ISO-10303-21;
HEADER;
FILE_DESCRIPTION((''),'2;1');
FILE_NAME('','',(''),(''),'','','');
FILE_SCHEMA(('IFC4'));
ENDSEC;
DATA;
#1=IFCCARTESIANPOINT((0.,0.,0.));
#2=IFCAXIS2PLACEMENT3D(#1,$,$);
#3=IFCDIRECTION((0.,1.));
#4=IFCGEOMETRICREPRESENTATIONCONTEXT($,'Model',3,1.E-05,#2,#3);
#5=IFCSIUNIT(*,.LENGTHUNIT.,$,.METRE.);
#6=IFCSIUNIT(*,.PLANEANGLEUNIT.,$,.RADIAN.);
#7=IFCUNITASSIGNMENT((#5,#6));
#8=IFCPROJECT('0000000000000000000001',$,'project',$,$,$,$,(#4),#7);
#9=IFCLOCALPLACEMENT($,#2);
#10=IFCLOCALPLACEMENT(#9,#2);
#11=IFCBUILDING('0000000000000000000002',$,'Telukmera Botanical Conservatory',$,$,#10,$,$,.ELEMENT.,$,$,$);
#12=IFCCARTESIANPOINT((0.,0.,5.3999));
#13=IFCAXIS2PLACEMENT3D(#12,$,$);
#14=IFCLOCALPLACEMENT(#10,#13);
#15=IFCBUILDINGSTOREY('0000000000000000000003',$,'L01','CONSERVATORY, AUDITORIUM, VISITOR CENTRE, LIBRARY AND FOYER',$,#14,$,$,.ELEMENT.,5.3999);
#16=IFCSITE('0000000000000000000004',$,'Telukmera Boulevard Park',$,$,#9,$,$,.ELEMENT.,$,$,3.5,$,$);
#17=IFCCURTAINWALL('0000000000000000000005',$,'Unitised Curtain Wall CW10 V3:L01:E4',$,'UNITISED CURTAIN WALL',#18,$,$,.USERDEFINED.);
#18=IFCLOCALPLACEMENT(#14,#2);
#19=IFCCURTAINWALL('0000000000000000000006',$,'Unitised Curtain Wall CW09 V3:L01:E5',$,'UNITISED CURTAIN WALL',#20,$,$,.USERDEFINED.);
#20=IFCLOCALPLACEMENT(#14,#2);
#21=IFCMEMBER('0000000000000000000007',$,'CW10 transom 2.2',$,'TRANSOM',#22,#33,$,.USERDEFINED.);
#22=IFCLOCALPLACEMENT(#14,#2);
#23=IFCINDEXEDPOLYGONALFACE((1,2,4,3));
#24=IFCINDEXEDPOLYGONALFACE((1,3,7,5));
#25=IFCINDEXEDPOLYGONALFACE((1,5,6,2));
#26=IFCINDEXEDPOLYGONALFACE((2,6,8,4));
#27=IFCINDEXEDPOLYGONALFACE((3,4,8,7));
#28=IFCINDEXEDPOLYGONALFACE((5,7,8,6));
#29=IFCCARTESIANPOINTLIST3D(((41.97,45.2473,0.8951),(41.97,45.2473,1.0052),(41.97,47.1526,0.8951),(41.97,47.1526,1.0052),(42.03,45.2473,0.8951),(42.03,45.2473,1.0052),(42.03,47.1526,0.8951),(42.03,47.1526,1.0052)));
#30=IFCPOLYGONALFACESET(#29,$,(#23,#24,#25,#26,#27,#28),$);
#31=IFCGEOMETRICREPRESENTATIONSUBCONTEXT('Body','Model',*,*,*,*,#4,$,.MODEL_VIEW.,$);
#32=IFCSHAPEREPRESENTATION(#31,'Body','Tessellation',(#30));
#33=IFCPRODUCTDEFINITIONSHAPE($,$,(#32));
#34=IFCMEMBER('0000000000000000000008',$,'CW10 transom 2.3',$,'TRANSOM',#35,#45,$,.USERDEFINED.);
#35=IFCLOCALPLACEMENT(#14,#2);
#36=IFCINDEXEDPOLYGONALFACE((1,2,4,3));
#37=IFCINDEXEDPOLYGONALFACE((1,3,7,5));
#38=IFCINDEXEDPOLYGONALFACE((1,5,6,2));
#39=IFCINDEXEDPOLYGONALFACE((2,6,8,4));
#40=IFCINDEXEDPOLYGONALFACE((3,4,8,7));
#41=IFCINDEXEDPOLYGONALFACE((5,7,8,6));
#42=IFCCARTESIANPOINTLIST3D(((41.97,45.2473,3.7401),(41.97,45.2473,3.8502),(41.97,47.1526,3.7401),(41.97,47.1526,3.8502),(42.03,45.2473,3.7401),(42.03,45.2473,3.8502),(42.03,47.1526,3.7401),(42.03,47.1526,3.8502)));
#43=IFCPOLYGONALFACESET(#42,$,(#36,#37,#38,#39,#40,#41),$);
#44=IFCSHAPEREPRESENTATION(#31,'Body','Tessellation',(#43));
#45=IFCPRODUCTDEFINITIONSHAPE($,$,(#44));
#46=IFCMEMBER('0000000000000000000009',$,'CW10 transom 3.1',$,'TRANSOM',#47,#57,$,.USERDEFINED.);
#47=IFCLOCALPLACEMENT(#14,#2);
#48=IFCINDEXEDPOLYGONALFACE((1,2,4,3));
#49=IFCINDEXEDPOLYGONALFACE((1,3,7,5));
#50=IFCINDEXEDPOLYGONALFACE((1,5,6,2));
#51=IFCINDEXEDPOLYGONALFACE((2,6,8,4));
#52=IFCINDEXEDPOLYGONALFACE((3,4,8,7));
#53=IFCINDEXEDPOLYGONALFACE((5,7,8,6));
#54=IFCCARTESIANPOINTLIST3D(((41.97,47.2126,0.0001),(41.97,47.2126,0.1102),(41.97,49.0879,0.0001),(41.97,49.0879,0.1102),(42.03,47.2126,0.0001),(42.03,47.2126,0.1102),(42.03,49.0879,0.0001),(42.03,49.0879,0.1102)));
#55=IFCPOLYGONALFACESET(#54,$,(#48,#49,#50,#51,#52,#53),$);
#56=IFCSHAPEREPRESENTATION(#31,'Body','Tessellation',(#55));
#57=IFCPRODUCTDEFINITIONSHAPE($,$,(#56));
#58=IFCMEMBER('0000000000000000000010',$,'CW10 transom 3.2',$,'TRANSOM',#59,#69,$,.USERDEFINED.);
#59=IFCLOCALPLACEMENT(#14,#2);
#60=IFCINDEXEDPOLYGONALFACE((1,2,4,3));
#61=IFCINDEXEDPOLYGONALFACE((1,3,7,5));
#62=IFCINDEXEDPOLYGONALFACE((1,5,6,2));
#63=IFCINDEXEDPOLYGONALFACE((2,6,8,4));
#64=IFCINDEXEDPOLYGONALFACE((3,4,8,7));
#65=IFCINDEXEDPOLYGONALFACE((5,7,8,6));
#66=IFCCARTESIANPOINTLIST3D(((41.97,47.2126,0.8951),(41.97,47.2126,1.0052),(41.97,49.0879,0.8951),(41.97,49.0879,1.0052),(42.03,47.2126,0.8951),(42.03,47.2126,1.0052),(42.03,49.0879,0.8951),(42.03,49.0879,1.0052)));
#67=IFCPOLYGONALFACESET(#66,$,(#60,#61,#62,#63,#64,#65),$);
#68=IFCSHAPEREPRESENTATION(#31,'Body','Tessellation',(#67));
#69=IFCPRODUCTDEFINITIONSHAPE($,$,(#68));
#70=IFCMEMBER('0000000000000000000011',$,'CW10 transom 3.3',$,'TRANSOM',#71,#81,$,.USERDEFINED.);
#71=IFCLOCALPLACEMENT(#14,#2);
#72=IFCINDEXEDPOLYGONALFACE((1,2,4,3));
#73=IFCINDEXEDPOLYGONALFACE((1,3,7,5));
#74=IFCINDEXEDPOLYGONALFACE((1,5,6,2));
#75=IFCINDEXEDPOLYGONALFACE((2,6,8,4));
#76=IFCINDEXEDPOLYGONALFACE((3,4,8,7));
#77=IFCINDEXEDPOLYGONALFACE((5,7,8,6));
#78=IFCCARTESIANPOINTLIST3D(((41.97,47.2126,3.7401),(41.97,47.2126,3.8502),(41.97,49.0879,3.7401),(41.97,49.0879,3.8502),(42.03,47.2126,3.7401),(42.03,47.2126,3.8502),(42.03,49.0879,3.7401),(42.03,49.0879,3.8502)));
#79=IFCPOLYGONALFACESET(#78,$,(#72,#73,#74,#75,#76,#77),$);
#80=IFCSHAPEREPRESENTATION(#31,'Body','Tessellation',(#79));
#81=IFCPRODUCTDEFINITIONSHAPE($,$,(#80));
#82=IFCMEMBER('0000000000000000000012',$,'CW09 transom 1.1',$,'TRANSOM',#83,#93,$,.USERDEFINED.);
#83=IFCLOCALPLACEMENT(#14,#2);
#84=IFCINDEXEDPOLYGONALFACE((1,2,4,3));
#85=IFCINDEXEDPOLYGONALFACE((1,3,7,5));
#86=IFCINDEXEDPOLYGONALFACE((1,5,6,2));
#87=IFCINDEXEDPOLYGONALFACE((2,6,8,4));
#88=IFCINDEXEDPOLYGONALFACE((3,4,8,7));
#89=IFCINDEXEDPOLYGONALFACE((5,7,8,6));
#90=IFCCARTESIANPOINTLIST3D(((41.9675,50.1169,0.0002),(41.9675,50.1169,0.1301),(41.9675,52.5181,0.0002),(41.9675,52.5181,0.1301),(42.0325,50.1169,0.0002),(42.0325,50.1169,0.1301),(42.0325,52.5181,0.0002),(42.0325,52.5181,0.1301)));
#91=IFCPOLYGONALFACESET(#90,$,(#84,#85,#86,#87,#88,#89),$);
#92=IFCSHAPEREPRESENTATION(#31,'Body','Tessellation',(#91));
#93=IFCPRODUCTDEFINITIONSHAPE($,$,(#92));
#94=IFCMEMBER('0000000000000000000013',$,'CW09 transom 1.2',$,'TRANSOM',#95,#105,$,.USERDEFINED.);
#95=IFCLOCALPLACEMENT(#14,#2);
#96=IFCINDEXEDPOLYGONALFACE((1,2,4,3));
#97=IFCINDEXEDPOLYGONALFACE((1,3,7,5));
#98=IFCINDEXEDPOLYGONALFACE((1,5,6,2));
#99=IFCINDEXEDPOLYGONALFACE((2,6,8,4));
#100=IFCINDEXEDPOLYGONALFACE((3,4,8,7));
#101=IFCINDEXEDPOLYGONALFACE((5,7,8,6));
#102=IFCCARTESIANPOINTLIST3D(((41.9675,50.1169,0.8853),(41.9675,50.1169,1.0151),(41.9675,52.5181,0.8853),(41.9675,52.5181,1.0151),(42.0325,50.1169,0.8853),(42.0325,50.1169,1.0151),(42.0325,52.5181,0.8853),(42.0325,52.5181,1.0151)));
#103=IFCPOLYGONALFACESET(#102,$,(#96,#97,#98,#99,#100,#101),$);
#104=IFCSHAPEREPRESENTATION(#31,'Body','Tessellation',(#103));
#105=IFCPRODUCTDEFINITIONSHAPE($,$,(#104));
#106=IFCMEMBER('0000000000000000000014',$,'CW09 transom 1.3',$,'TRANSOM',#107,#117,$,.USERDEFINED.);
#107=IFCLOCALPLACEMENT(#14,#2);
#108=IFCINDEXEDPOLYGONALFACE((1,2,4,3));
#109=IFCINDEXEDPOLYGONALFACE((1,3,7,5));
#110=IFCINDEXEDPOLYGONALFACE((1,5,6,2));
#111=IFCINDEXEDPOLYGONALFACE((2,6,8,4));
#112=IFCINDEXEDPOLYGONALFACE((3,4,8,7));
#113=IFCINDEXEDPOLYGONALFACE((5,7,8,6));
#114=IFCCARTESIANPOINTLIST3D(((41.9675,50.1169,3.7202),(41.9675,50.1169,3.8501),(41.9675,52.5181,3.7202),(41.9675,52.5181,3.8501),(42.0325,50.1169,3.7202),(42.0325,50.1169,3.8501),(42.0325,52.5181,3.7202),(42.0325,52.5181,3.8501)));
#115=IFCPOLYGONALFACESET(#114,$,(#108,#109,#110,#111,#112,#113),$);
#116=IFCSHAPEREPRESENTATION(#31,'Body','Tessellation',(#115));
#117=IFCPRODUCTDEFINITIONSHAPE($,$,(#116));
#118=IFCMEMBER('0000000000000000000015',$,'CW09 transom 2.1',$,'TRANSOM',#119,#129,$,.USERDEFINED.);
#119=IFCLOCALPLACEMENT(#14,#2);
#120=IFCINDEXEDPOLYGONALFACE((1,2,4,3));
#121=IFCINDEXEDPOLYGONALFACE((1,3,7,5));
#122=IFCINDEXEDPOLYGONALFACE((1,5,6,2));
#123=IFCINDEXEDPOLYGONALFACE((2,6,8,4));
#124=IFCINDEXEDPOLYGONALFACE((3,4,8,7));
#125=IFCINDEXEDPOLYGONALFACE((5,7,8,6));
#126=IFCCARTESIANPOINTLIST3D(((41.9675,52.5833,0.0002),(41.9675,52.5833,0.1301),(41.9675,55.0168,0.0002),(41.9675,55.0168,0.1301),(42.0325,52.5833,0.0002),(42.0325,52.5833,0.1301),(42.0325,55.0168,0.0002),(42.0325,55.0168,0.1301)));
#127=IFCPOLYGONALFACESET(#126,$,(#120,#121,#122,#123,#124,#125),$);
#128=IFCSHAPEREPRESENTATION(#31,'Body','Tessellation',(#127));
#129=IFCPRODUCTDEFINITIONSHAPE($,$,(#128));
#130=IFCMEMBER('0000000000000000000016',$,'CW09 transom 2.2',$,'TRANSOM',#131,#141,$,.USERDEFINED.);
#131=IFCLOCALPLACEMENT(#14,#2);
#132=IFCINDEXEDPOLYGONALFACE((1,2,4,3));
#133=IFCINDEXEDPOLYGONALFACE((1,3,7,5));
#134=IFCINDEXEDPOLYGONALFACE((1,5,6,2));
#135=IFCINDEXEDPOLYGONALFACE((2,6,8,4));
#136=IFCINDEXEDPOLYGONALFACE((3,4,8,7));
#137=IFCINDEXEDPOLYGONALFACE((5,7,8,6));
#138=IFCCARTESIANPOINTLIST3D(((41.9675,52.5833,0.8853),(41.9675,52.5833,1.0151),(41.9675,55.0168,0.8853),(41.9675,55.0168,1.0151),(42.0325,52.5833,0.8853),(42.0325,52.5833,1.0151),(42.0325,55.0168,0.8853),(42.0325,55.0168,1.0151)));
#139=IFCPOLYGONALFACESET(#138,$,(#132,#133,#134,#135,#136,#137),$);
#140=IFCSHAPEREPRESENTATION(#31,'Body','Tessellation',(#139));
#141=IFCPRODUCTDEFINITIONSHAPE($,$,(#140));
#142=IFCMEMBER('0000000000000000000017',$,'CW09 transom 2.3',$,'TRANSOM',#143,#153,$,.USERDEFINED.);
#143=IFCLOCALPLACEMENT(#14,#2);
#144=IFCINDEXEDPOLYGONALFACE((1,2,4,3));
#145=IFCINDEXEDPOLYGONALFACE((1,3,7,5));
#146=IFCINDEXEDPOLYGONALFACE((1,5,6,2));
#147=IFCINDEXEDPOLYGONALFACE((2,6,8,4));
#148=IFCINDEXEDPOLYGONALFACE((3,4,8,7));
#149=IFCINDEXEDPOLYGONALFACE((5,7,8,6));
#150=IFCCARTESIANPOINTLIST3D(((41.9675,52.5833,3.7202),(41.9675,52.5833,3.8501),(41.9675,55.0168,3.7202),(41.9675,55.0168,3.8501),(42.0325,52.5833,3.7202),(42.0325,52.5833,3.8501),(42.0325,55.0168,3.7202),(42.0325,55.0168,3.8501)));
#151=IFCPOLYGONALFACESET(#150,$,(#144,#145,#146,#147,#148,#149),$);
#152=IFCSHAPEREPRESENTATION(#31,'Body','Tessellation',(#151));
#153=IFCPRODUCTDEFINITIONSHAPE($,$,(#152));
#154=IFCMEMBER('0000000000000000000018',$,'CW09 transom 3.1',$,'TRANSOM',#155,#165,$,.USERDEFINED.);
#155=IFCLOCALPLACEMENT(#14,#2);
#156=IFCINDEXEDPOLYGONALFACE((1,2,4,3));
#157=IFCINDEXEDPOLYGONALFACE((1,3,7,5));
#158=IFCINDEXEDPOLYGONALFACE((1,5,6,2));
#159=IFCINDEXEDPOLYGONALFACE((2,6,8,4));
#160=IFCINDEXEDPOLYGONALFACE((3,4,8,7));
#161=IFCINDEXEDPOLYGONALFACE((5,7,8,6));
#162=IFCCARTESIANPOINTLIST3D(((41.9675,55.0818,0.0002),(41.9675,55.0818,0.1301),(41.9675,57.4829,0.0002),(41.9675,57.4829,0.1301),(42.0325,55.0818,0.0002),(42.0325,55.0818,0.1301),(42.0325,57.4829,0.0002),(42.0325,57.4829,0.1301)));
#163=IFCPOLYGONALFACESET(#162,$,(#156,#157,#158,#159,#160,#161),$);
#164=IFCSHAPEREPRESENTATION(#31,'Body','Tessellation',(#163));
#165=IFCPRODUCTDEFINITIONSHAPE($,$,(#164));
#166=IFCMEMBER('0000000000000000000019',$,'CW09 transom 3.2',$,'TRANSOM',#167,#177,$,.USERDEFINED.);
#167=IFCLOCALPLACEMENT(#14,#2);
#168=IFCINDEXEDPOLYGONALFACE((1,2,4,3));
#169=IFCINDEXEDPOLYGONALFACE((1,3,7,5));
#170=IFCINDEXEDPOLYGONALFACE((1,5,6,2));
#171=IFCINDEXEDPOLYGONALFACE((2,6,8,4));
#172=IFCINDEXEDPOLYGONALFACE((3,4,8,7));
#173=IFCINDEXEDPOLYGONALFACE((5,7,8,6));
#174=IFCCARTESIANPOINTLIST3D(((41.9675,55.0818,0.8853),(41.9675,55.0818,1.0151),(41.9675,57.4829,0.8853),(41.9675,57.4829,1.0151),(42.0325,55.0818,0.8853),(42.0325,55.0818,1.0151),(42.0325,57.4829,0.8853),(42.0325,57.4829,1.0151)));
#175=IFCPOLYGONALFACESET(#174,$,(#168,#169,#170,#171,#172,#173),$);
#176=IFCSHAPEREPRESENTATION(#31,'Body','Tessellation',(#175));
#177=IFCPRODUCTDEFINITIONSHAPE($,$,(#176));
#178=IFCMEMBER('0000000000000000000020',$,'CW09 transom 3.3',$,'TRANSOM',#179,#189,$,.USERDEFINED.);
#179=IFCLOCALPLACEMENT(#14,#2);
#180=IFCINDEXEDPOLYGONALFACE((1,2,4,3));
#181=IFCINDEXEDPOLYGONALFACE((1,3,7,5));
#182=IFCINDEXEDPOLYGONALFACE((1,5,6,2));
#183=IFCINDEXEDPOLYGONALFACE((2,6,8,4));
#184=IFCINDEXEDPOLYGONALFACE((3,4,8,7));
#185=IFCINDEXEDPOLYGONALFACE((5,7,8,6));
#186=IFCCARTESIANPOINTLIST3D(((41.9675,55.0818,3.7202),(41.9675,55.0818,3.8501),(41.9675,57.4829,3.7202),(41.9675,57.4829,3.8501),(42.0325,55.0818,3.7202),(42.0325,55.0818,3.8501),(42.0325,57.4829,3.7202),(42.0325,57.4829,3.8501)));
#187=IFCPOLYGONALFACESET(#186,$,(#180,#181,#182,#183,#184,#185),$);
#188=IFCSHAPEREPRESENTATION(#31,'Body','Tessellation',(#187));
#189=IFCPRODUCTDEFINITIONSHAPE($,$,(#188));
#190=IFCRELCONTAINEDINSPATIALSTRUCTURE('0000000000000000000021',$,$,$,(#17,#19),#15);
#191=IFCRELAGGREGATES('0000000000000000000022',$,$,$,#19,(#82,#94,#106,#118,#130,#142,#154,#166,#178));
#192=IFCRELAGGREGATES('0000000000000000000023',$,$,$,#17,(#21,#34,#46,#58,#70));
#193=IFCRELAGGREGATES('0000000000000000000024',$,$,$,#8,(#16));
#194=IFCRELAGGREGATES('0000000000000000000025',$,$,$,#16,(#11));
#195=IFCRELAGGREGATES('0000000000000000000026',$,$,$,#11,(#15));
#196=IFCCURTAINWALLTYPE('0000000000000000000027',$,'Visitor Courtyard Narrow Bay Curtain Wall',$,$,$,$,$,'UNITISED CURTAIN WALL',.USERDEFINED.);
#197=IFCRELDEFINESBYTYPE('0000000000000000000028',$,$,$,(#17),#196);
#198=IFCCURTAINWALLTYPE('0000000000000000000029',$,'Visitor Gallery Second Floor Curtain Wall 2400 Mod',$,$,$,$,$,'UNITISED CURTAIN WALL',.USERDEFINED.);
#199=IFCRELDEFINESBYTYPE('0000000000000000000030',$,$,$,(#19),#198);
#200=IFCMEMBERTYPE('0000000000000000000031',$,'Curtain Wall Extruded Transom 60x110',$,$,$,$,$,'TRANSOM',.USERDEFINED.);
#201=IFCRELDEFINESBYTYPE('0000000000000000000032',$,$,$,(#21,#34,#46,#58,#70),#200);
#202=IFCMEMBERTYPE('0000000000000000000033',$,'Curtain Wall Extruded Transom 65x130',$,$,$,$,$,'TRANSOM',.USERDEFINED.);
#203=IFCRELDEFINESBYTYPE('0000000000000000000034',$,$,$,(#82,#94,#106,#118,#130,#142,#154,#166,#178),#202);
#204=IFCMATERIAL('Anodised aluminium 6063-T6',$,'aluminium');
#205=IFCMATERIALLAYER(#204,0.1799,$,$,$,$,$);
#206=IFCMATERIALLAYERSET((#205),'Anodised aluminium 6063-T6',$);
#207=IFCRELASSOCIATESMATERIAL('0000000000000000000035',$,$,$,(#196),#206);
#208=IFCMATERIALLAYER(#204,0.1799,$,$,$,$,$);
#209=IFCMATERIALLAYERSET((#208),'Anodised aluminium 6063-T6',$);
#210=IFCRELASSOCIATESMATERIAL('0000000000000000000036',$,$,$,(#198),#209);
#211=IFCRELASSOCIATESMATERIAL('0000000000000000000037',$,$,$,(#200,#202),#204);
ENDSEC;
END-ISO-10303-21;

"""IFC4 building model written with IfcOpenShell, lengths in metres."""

from ifc_helpers import new_model, si_unit, direction, frame, origin, origin_2d, place, context, subcontext, project, spatial, rectangle, extrude, material, layer, layer_set, material_profile, profile_set, type_object, element, aggregate, save


model = new_model("IFC4")

# Units and contexts
model_context = context("Model", 3, precision=1e-05, world=origin(), true_north=direction((0.0, 1.0)))
body_context = subcontext(model_context, "Body", "Model", "MODEL_VIEW")
ifc_project = project(units=[si_unit("LENGTHUNIT", "METRE"), si_unit("PLANEANGLEUNIT", "RADIAN")], contexts=[model_context])

# Site, building, storey
site_placement = place(None, origin())
site = spatial("IfcSite", under=ifc_project, at=site_placement, Name="Telukmera Boulevard Park", CompositionType="ELEMENT", RefElevation=3.5)
building_placement = place(site_placement, origin())
building = spatial("IfcBuilding", under=site, at=building_placement, Name="Telukmera Botanical Conservatory", CompositionType="ELEMENT")
storey_placement = place(building_placement, frame((0.0, 0.0, 5.3999)))
storey = spatial("IfcBuildingStorey", under=building, at=storey_placement, Name="L01", Description="CONSERVATORY, AUDITORIUM, VISITOR CENTRE, LIBRARY AND FOYER", CompositionType="ELEMENT", Elevation=5.3999)

# Curtain walls
ifc_material_1 = material(Name="Anodised aluminium 6063-T6", Category="aluminium")
ifc_layer_1 = layer(ifc_material_1, 0.1799)
ifc_layer_set_1 = layer_set([ifc_layer_1], Name="Anodised aluminium 6063-T6")
curtain_wall_type_1 = type_object("IfcCurtainWallType", Name="Visitor Courtyard Narrow Bay Curtain Wall", ElementType="UNITISED CURTAIN WALL", PredefinedType="USERDEFINED", material=ifc_layer_set_1)
curtain_wall_1_placement = place(storey_placement, origin())
curtain_wall_1 = element("IfcCurtainWall", 1, at=curtain_wall_1_placement, inside=storey, type_object=curtain_wall_type_1, Name="Unitised Curtain Wall CW10 V3:L01:E4", ObjectType="UNITISED CURTAIN WALL", PredefinedType="USERDEFINED")
ifc_layer_2 = layer(ifc_material_1, 0.1799)
ifc_layer_set_2 = layer_set([ifc_layer_2], Name="Anodised aluminium 6063-T6")
curtain_wall_type_2 = type_object("IfcCurtainWallType", Name="Visitor Gallery Second Floor Curtain Wall 2400 Mod", ElementType="UNITISED CURTAIN WALL", PredefinedType="USERDEFINED", material=ifc_layer_set_2)
curtain_wall_2_placement = place(storey_placement, origin())
curtain_wall_2 = element("IfcCurtainWall", 2, at=curtain_wall_2_placement, inside=storey, type_object=curtain_wall_type_2, Name="Unitised Curtain Wall CW09 V3:L01:E5", ObjectType="UNITISED CURTAIN WALL", PredefinedType="USERDEFINED")

# Members
ifc_material_profile_1 = material_profile(ifc_material_1, rectangle(XDim=0.0601, YDim=0.1101, at=origin_2d()), Name="ALU TRAN 60x110")
ifc_profile_set_1 = profile_set([ifc_material_profile_1], Name="Anodised aluminium 6063-T6")
member_type_1 = type_object("IfcMemberType", Name="Curtain Wall Extruded Transom 60x110", ElementType="TRANSOM", PredefinedType="USERDEFINED", material=ifc_profile_set_1)
member_1_placement = place(storey_placement, frame((42.0, 45.2473, 0.9502), z_axis=(0.0, 1.0, 0.0), x_axis=(-1.0, 0.0, 0.0)))
member_1 = element("IfcMember", 3, at=member_1_placement, type_object=member_type_1, Name="CW10 transom 2.2", ObjectType="TRANSOM", PredefinedType="USERDEFINED", context=body_context, shape_type="SweptSolid", body=[
    extrude(rectangle(XDim=0.0601, YDim=0.1101, at=origin_2d()), origin(), (0.0, 0.0, 1.0), 1.9053),
])
member_2_placement = place(storey_placement, frame((42.0, 45.2473, 3.7952), z_axis=(0.0, 1.0, 0.0), x_axis=(-1.0, 0.0, 0.0)))
member_2 = element("IfcMember", 4, at=member_2_placement, type_object=member_type_1, Name="CW10 transom 2.3", ObjectType="TRANSOM", PredefinedType="USERDEFINED", context=body_context, shape_type="SweptSolid", body=[
    extrude(rectangle(XDim=0.0601, YDim=0.1101, at=origin_2d()), origin(), (0.0, 0.0, 1.0), 1.9053),
])
member_3_placement = place(storey_placement, frame((42.0, 47.2126, 0.0552), z_axis=(0.0, 1.0, 0.0), x_axis=(-1.0, 0.0, 0.0)))
member_3 = element("IfcMember", 5, at=member_3_placement, type_object=member_type_1, Name="CW10 transom 3.1", ObjectType="TRANSOM", PredefinedType="USERDEFINED", context=body_context, shape_type="SweptSolid", body=[
    extrude(rectangle(XDim=0.0601, YDim=0.1101, at=origin_2d()), origin(), (0.0, 0.0, 1.0), 1.8752),
])
member_4_placement = place(storey_placement, frame((42.0, 47.2126, 0.9502), z_axis=(0.0, 1.0, 0.0), x_axis=(-1.0, 0.0, 0.0)))
member_4 = element("IfcMember", 6, at=member_4_placement, type_object=member_type_1, Name="CW10 transom 3.2", ObjectType="TRANSOM", PredefinedType="USERDEFINED", context=body_context, shape_type="SweptSolid", body=[
    extrude(rectangle(XDim=0.0601, YDim=0.1101, at=origin_2d()), origin(), (0.0, 0.0, 1.0), 1.8752),
])
member_5_placement = place(storey_placement, frame((42.0, 47.2126, 3.7952), z_axis=(0.0, 1.0, 0.0), x_axis=(-1.0, 0.0, 0.0)))
member_5 = element("IfcMember", 7, at=member_5_placement, type_object=member_type_1, Name="CW10 transom 3.3", ObjectType="TRANSOM", PredefinedType="USERDEFINED", context=body_context, shape_type="SweptSolid", body=[
    extrude(rectangle(XDim=0.0601, YDim=0.1101, at=origin_2d()), origin(), (0.0, 0.0, 1.0), 1.8752),
])
ifc_material_profile_2 = material_profile(ifc_material_1, rectangle(XDim=0.0649, YDim=0.1299, at=origin_2d()), Name="ALU TRAN 65x130")
ifc_profile_set_2 = profile_set([ifc_material_profile_2], Name="Anodised aluminium 6063-T6")
member_type_2 = type_object("IfcMemberType", Name="Curtain Wall Extruded Transom 65x130", ElementType="TRANSOM", PredefinedType="USERDEFINED", material=ifc_profile_set_2)
member_6_placement = place(storey_placement, frame((42.0, 50.1169, 0.0652), z_axis=(0.0, 1.0, 0.0), x_axis=(-1.0, 0.0, 0.0)))
member_6 = element("IfcMember", 8, at=member_6_placement, type_object=member_type_2, Name="CW09 transom 1.1", ObjectType="TRANSOM", PredefinedType="USERDEFINED", context=body_context, shape_type="SweptSolid", body=[
    extrude(rectangle(XDim=0.0649, YDim=0.1299, at=origin_2d()), origin(), (0.0, 0.0, 1.0), 2.4011),
])
member_7_placement = place(storey_placement, frame((42.0, 50.1169, 0.9502), z_axis=(0.0, 1.0, 0.0), x_axis=(-1.0, 0.0, 0.0)))
member_7 = element("IfcMember", 9, at=member_7_placement, type_object=member_type_2, Name="CW09 transom 1.2", ObjectType="TRANSOM", PredefinedType="USERDEFINED", context=body_context, shape_type="SweptSolid", body=[
    extrude(rectangle(XDim=0.0649, YDim=0.1299, at=origin_2d()), origin(), (0.0, 0.0, 1.0), 2.4011),
])
member_8_placement = place(storey_placement, frame((42.0, 50.1169, 3.7852), z_axis=(0.0, 1.0, 0.0), x_axis=(-1.0, 0.0, 0.0)))
member_8 = element("IfcMember", 10, at=member_8_placement, type_object=member_type_2, Name="CW09 transom 1.3", ObjectType="TRANSOM", PredefinedType="USERDEFINED", context=body_context, shape_type="SweptSolid", body=[
    extrude(rectangle(XDim=0.0649, YDim=0.1299, at=origin_2d()), origin(), (0.0, 0.0, 1.0), 2.4011),
])
member_9_placement = place(storey_placement, frame((42.0, 52.5833, 0.0652), z_axis=(0.0, 1.0, 0.0), x_axis=(-1.0, 0.0, 0.0)))
member_9 = element("IfcMember", 11, at=member_9_placement, type_object=member_type_2, Name="CW09 transom 2.1", ObjectType="TRANSOM", PredefinedType="USERDEFINED", context=body_context, shape_type="SweptSolid", body=[
    extrude(rectangle(XDim=0.0649, YDim=0.1299, at=origin_2d()), origin(), (0.0, 0.0, 1.0), 2.4336),
])
member_10_placement = place(storey_placement, frame((42.0, 52.5833, 0.9502), z_axis=(0.0, 1.0, 0.0), x_axis=(-1.0, 0.0, 0.0)))
member_10 = element("IfcMember", 12, at=member_10_placement, type_object=member_type_2, Name="CW09 transom 2.2", ObjectType="TRANSOM", PredefinedType="USERDEFINED", context=body_context, shape_type="SweptSolid", body=[
    extrude(rectangle(XDim=0.0649, YDim=0.1299, at=origin_2d()), origin(), (0.0, 0.0, 1.0), 2.4336),
])
member_11_placement = place(storey_placement, frame((42.0, 52.5833, 3.7852), z_axis=(0.0, 1.0, 0.0), x_axis=(-1.0, 0.0, 0.0)))
member_11 = element("IfcMember", 13, at=member_11_placement, type_object=member_type_2, Name="CW09 transom 2.3", ObjectType="TRANSOM", PredefinedType="USERDEFINED", context=body_context, shape_type="SweptSolid", body=[
    extrude(rectangle(XDim=0.0649, YDim=0.1299, at=origin_2d()), origin(), (0.0, 0.0, 1.0), 2.4336),
])
member_12_placement = place(storey_placement, frame((42.0, 55.0818, 0.0652), z_axis=(0.0, 1.0, 0.0), x_axis=(-1.0, 0.0, 0.0)))
member_12 = element("IfcMember", 14, at=member_12_placement, type_object=member_type_2, Name="CW09 transom 3.1", ObjectType="TRANSOM", PredefinedType="USERDEFINED", context=body_context, shape_type="SweptSolid", body=[
    extrude(rectangle(XDim=0.0649, YDim=0.1299, at=origin_2d()), origin(), (0.0, 0.0, 1.0), 2.4011),
])
member_13_placement = place(storey_placement, frame((42.0, 55.0818, 0.9502), z_axis=(0.0, 1.0, 0.0), x_axis=(-1.0, 0.0, 0.0)))
member_13 = element("IfcMember", 15, at=member_13_placement, type_object=member_type_2, Name="CW09 transom 3.2", ObjectType="TRANSOM", PredefinedType="USERDEFINED", context=body_context, shape_type="SweptSolid", body=[
    extrude(rectangle(XDim=0.0649, YDim=0.1299, at=origin_2d()), origin(), (0.0, 0.0, 1.0), 2.4011),
])
member_14_placement = place(storey_placement, frame((42.0, 55.0818, 3.7852), z_axis=(0.0, 1.0, 0.0), x_axis=(-1.0, 0.0, 0.0)))
member_14 = element("IfcMember", 16, at=member_14_placement, type_object=member_type_2, Name="CW09 transom 3.3", ObjectType="TRANSOM", PredefinedType="USERDEFINED", context=body_context, shape_type="SweptSolid", body=[
    extrude(rectangle(XDim=0.0649, YDim=0.1299, at=origin_2d()), origin(), (0.0, 0.0, 1.0), 2.4011),
])

aggregate(curtain_wall_2, [member_6, member_7, member_8, member_9, member_10, member_11, member_12, member_13, member_14])
aggregate(curtain_wall_1, [member_1, member_2, member_3, member_4, member_5])

save(model, "model.ifc")
